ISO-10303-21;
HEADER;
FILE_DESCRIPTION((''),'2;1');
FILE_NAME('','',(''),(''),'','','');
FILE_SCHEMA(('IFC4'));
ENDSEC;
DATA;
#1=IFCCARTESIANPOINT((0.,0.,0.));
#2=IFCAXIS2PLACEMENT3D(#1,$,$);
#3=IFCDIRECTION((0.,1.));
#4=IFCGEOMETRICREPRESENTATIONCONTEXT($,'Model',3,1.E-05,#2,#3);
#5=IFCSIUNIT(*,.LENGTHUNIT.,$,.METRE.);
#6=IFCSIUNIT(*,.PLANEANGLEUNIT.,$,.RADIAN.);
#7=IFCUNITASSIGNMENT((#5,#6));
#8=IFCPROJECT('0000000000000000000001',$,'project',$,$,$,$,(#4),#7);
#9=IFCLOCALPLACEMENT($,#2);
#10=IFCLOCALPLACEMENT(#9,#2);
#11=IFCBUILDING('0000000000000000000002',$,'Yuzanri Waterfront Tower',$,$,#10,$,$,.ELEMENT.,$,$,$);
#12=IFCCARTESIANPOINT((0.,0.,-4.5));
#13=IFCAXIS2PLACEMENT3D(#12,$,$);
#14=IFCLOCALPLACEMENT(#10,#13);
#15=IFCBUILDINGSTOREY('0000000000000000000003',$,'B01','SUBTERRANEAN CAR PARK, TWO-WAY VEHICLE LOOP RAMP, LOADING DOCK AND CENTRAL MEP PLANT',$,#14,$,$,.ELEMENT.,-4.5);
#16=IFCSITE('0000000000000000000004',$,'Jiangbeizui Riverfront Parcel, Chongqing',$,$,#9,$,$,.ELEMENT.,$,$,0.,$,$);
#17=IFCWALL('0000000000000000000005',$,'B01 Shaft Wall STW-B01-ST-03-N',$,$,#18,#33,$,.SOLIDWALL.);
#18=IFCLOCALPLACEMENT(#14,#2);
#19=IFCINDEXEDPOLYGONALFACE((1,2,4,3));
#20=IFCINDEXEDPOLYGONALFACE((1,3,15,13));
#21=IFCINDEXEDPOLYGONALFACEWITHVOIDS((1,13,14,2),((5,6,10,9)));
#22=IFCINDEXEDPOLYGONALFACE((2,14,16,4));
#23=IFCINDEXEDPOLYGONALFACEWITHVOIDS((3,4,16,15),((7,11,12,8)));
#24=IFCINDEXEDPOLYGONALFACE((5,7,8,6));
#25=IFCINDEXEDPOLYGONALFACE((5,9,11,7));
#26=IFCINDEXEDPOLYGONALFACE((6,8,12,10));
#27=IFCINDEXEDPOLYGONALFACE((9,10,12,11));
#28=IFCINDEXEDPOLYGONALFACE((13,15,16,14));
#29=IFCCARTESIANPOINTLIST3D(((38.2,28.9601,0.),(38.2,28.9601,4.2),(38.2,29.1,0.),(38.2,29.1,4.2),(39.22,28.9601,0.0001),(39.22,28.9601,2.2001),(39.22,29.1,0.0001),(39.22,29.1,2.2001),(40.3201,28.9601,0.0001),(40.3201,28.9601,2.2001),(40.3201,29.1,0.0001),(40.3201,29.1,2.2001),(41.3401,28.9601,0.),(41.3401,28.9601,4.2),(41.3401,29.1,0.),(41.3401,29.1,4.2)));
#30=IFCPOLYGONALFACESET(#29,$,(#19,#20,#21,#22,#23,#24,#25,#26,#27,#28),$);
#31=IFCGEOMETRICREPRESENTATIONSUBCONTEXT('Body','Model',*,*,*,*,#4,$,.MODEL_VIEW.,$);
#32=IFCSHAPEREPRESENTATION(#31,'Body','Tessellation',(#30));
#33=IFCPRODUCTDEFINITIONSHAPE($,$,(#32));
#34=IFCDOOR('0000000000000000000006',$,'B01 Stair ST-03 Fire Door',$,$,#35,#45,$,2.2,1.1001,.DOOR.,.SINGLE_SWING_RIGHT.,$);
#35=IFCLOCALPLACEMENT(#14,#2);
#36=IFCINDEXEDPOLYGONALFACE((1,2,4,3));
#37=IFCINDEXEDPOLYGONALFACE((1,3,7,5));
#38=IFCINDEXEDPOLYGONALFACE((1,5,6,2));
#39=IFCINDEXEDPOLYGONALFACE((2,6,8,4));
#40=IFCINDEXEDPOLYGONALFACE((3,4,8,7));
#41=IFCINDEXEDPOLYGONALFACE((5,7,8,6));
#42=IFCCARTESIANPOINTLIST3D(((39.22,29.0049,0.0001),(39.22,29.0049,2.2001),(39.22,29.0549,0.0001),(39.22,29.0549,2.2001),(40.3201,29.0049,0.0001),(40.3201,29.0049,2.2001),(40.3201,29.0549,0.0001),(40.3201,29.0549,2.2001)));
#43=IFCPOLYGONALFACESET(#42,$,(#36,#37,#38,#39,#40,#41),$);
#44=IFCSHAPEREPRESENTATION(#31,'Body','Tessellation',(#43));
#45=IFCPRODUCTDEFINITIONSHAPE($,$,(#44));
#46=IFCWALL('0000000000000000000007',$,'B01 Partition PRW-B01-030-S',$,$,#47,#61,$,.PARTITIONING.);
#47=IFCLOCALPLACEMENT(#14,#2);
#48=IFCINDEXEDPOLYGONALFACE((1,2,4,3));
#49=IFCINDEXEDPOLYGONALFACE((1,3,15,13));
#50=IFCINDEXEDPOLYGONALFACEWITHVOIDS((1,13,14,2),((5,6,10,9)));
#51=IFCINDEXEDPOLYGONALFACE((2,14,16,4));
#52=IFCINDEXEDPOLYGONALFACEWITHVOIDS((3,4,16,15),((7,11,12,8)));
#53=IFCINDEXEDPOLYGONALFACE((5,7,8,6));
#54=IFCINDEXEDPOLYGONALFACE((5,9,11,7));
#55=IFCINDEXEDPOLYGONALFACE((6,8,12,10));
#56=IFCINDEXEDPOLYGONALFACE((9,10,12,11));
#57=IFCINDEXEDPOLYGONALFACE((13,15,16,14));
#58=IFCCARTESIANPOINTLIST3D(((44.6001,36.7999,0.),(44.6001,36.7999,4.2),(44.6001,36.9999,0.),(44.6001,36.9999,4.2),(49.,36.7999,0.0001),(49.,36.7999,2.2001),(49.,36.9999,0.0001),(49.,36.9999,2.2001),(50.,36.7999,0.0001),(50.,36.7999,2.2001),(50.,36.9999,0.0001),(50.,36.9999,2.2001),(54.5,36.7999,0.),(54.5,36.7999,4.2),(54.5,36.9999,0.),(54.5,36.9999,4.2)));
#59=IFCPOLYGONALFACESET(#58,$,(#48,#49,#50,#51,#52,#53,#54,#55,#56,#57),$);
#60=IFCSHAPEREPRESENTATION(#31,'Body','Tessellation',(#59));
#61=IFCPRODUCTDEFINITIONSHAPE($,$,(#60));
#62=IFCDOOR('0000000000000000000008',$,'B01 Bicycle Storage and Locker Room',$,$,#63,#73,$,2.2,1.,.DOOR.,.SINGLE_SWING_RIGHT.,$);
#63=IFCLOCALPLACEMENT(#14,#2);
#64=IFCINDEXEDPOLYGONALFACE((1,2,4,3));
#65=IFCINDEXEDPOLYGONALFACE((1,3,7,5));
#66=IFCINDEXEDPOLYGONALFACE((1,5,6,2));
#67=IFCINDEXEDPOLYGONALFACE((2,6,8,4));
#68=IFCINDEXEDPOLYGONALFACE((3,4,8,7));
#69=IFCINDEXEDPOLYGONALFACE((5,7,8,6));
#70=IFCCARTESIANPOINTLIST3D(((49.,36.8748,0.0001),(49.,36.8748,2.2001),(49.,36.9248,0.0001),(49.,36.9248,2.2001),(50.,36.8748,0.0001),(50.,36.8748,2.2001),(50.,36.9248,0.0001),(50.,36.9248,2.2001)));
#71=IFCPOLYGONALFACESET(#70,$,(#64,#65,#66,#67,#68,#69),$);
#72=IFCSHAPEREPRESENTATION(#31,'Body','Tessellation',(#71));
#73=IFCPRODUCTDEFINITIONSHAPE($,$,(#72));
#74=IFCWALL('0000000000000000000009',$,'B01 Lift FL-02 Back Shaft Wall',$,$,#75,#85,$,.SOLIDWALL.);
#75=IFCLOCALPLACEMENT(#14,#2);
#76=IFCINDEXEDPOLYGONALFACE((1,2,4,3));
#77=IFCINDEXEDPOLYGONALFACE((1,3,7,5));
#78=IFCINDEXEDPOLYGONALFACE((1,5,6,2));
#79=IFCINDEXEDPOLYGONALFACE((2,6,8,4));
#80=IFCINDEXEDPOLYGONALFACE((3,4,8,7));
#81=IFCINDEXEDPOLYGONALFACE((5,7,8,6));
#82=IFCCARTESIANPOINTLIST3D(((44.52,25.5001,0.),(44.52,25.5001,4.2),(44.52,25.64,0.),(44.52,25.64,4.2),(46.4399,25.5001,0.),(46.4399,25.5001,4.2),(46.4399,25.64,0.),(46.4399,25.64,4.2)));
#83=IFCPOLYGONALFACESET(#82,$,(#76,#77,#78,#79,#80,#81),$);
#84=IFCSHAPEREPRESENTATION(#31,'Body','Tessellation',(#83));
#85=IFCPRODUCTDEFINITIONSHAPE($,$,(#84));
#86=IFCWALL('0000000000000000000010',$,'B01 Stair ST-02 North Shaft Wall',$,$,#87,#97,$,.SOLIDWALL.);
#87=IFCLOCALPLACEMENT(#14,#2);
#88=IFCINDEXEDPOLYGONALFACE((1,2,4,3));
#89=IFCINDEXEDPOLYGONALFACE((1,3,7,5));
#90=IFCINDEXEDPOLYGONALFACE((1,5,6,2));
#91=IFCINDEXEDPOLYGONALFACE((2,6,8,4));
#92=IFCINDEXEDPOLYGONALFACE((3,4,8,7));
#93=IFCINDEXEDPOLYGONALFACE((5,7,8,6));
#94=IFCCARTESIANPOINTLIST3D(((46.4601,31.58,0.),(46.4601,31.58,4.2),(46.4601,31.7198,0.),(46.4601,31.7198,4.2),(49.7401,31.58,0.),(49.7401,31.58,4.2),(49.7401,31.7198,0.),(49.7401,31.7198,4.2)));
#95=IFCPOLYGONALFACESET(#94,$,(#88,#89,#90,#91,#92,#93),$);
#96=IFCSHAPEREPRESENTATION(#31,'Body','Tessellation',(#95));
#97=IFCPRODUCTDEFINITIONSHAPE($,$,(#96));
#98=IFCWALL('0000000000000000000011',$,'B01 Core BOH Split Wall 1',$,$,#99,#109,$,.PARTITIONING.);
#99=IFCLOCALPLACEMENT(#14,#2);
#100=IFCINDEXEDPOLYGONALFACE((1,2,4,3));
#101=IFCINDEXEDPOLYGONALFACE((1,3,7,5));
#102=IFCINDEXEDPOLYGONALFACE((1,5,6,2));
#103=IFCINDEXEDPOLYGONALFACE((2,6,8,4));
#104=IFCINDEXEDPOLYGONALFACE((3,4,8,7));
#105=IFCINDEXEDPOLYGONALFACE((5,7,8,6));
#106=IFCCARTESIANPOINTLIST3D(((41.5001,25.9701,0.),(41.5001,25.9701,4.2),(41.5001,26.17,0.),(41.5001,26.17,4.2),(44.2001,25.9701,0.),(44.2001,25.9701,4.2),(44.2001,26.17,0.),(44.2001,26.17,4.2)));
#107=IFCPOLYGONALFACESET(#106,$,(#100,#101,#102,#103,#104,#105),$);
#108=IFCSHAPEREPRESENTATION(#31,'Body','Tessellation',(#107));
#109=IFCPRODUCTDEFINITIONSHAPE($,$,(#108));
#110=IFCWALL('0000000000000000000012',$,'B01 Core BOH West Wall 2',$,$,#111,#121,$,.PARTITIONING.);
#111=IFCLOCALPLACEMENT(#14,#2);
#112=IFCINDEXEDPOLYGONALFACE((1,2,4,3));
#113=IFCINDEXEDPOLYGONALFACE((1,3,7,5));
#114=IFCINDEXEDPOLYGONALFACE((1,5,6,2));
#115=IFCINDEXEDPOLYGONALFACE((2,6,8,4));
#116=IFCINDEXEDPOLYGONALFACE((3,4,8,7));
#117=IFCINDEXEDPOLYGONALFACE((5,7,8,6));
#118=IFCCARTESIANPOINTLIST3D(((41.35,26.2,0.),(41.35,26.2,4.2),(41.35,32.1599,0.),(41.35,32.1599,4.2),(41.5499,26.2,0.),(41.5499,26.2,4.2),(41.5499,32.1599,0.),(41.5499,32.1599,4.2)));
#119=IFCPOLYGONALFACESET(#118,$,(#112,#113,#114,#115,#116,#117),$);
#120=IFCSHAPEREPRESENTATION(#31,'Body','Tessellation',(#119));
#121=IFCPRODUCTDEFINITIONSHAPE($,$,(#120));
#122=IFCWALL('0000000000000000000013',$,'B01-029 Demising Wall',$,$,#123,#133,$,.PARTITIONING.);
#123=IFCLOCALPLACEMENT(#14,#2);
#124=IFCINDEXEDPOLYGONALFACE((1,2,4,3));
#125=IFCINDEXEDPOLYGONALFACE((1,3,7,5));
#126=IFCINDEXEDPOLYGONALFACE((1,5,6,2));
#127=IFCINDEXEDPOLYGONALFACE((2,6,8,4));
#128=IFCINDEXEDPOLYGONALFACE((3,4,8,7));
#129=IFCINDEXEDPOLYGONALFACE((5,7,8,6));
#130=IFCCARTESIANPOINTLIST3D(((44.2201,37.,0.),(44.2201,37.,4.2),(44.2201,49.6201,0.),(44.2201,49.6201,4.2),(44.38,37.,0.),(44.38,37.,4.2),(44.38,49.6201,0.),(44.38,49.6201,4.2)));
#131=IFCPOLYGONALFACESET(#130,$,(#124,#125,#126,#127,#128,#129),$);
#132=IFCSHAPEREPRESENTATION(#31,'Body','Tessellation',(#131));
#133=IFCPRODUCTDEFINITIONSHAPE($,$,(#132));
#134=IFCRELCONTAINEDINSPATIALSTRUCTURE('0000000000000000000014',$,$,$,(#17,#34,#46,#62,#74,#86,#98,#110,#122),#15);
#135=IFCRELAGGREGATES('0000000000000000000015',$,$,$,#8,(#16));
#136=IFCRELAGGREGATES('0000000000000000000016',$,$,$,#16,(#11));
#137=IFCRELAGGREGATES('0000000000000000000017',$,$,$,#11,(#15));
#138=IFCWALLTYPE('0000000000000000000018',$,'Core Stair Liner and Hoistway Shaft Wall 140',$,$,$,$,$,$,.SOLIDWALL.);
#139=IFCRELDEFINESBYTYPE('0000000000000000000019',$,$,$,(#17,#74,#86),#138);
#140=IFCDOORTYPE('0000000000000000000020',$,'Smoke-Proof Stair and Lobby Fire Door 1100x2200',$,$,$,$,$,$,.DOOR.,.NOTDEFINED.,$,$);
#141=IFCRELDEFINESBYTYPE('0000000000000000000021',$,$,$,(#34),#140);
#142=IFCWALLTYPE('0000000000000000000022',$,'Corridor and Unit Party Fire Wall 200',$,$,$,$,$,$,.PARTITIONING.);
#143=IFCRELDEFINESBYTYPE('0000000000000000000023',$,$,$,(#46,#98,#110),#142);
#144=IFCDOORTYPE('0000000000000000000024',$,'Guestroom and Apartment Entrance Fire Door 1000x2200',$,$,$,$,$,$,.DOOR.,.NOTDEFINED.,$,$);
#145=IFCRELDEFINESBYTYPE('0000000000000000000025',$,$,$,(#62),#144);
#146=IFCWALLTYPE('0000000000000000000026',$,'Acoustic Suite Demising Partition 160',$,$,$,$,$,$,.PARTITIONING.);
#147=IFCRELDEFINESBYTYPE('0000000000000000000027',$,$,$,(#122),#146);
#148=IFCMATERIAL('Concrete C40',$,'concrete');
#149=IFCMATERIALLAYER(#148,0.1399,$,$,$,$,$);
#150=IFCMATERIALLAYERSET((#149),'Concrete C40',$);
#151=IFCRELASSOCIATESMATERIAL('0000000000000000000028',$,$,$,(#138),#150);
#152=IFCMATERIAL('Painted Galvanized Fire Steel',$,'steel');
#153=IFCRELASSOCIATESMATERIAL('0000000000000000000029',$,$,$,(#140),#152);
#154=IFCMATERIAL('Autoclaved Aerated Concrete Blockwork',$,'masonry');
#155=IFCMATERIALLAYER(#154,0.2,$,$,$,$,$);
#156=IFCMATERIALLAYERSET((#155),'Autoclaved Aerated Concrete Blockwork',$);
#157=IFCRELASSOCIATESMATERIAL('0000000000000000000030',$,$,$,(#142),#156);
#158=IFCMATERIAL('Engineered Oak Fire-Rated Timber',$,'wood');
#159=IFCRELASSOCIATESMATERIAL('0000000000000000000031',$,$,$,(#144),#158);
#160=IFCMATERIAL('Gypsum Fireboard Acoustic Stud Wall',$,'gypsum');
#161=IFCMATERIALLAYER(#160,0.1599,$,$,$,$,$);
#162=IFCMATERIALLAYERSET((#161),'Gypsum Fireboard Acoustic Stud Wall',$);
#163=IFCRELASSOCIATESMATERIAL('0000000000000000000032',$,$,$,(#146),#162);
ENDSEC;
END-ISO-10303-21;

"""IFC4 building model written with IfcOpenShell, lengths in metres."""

from ifc_helpers import new_model, si_unit, direction, frame, frame_2d, origin, place, context, subcontext, project, spatial, rectangle, extrude, source, transform, mapped, material, layer, layer_set, type_object, element, fill, save


model = new_model("IFC4")

# Units and contexts
model_context = context("Model", 3, precision=1e-05, world=origin(), true_north=direction((0.0, 1.0)))
body_context = subcontext(model_context, "Body", "Model", "MODEL_VIEW")
ifc_project = project(units=[si_unit("LENGTHUNIT", "METRE"), si_unit("PLANEANGLEUNIT", "RADIAN")], contexts=[model_context])

# Site, building, storey
site_placement = place(None, origin())
site = spatial("IfcSite", under=ifc_project, at=site_placement, Name="Jiangbeizui Riverfront Parcel, Chongqing", CompositionType="ELEMENT", RefElevation=0.0)
building_placement = place(site_placement, origin())
building = spatial("IfcBuilding", under=site, at=building_placement, Name="Yuzanri Waterfront Tower", CompositionType="ELEMENT")
storey_placement = place(building_placement, frame((0.0, 0.0, -4.5)))
storey = spatial("IfcBuildingStorey", under=building, at=storey_placement, Name="B01", Description="SUBTERRANEAN CAR PARK, TWO-WAY VEHICLE LOOP RAMP, LOADING DOCK AND CENTRAL MEP PLANT", CompositionType="ELEMENT", Elevation=-4.5)

# Walls, openings, doors
ifc_material_1 = material(Name="Concrete C40", Category="concrete")
ifc_layer_1 = layer(ifc_material_1, 0.1399)
ifc_layer_set_1 = layer_set([ifc_layer_1], Name="Concrete C40")
wall_type_1 = type_object("IfcWallType", Name="Core Stair Liner and Hoistway Shaft Wall 140", PredefinedType="SOLIDWALL", material=ifc_layer_set_1)
wall_1_placement = place(storey_placement, frame((38.2, 29.03, 0.0), z_axis=(0.0, 0.0, 1.0), x_axis=(1.0, 0.0, 0.0)))
wall_1 = element("IfcWall", 1, at=wall_1_placement, inside=storey, type_object=wall_type_1, Name="B01 Shaft Wall STW-B01-ST-03-N", PredefinedType="SOLIDWALL", context=body_context, shape_type="SweptSolid", body=[
    extrude(rectangle(XDim=3.1401, YDim=0.1399, at=frame_2d((1.5701, 0.0))), origin(), (0.0, 0.0, 1.0), 4.2),
])
opening_1_placement = place(wall_1_placement, frame((1.02, 0.0, 0.0)))
opening_1 = element("IfcOpeningElement", 2, at=opening_1_placement, cuts=wall_1, PredefinedType="OPENING", context=body_context, shape_type="SweptSolid", body=[
    extrude(rectangle(XDim=1.1001, YDim=2.2, at=frame_2d((0.55, 1.1001))), frame((0.0, 0.085, 0.0), z_axis=(0.0, -1.0, 0.0), x_axis=(1.0, 0.0, 0.0)), (0.0, 0.0, 1.0), 0.1697),
])
ifc_material_2 = material(Name="Painted Galvanized Fire Steel", Category="steel")
door_type_1 = type_object("IfcDoorType", Name="Smoke-Proof Stair and Lobby Fire Door 1100x2200", OperationType="NOTDEFINED", PredefinedType="DOOR", material=ifc_material_2)
shared_shape_1 = source(origin(), body_context, "Body", "SweptSolid", [
    extrude(rectangle(XDim=1.1001, YDim=2.2, at=frame_2d((0.55, 1.1001))), frame((0.0, 0.0249, 0.0), z_axis=(0.0, -1.0, 0.0), x_axis=(1.0, 0.0, 0.0)), (0.0, 0.0, 1.0), 0.05),
])
door_1_placement = place(opening_1_placement, origin())
door_1 = element("IfcDoor", 3, at=door_1_placement, inside=storey, type_object=door_type_1, Name="B01 Stair ST-03 Fire Door", OperationType="SINGLE_SWING_RIGHT", OverallHeight=2.2, OverallWidth=1.1001, PredefinedType="DOOR", context=body_context, shape_type="MappedRepresentation", body=[
    mapped(shared_shape_1, transform((0.0, 0.0, 0.0), scale=1.0)),
])
fill(opening_1, door_1)
ifc_material_3 = material(Name="Autoclaved Aerated Concrete Blockwork", Category="masonry")
ifc_layer_2 = layer(ifc_material_3, 0.2)
ifc_layer_set_2 = layer_set([ifc_layer_2], Name="Autoclaved Aerated Concrete Blockwork")
wall_type_2 = type_object("IfcWallType", Name="Corridor and Unit Party Fire Wall 200", PredefinedType="PARTITIONING", material=ifc_layer_set_2)
wall_2_placement = place(storey_placement, frame((44.6001, 36.8999, 0.0), z_axis=(0.0, 0.0, 1.0), x_axis=(1.0, 0.0, 0.0)))
wall_2 = element("IfcWall", 4, at=wall_2_placement, inside=storey, type_object=wall_type_2, Name="B01 Partition PRW-B01-030-S", PredefinedType="PARTITIONING", context=body_context, shape_type="SweptSolid", body=[
    extrude(rectangle(XDim=9.8999, YDim=0.2, at=frame_2d((4.95, 0.0))), origin(), (0.0, 0.0, 1.0), 4.2),
])
opening_2_placement = place(wall_2_placement, frame((4.3999, 0.0, 0.0)))
opening_2 = element("IfcOpeningElement", 5, at=opening_2_placement, cuts=wall_2, PredefinedType="OPENING", context=body_context, shape_type="SweptSolid", body=[
    extrude(rectangle(XDim=1.0, YDim=2.2, at=frame_2d((0.5, 1.1001))), frame((0.0, 0.1147, 0.0), z_axis=(0.0, -1.0, 0.0), x_axis=(1.0, 0.0, 0.0)), (0.0, 0.0, 1.0), 0.2297),
])
ifc_material_4 = material(Name="Engineered Oak Fire-Rated Timber", Category="wood")
door_type_2 = type_object("IfcDoorType", Name="Guestroom and Apartment Entrance Fire Door 1000x2200", OperationType="NOTDEFINED", PredefinedType="DOOR", material=ifc_material_4)
shared_shape_2 = source(origin(), body_context, "Body", "SweptSolid", [
    extrude(rectangle(XDim=1.0, YDim=2.2, at=frame_2d((0.5, 1.1001))), frame((0.0, 0.0249, 0.0), z_axis=(0.0, -1.0, 0.0), x_axis=(1.0, 0.0, 0.0)), (0.0, 0.0, 1.0), 0.05),
])
door_2_placement = place(opening_2_placement, origin())
door_2 = element("IfcDoor", 6, at=door_2_placement, inside=storey, type_object=door_type_2, Name="B01 Bicycle Storage and Locker Room", OperationType="SINGLE_SWING_RIGHT", OverallHeight=2.2, OverallWidth=1.0, PredefinedType="DOOR", context=body_context, shape_type="MappedRepresentation", body=[
    mapped(shared_shape_2, transform((0.0, 0.0, 0.0), scale=1.0)),
])
fill(opening_2, door_2)

# Walls
shared_shape_3 = source(origin(), body_context, "Body", "SweptSolid", [
    extrude(rectangle(XDim=1.9199, YDim=0.1399, at=frame_2d((0.96, 0.0))), origin(), (0.0, 0.0, 1.0), 4.2),
])
wall_3_placement = place(storey_placement, frame((44.52, 25.5701, 0.0), z_axis=(0.0, 0.0, 1.0), x_axis=(1.0, 0.0, 0.0)))
element("IfcWall", 7, at=wall_3_placement, inside=storey, type_object=wall_type_1, Name="B01 Lift FL-02 Back Shaft Wall", PredefinedType="SOLIDWALL", context=body_context, shape_type="MappedRepresentation", body=[
    mapped(shared_shape_3, transform((0.0, 0.0, 0.0), scale=1.0)),
])
shared_shape_4 = source(origin(), body_context, "Body", "SweptSolid", [
    extrude(rectangle(XDim=3.28, YDim=0.1399, at=frame_2d((1.6401, 0.0))), origin(), (0.0, 0.0, 1.0), 4.2),
])
wall_4_placement = place(storey_placement, frame((46.46, 31.6499, 0.0), z_axis=(0.0, 0.0, 1.0), x_axis=(1.0, 0.0, 0.0)))
element("IfcWall", 8, at=wall_4_placement, inside=storey, type_object=wall_type_1, Name="B01 Stair ST-02 North Shaft Wall", PredefinedType="SOLIDWALL", context=body_context, shape_type="MappedRepresentation", body=[
    mapped(shared_shape_4, transform((0.0, 0.0, 0.0), scale=1.0)),
])
shared_shape_5 = source(origin(), body_context, "Body", "SweptSolid", [
    extrude(rectangle(XDim=2.7, YDim=0.2, at=frame_2d((1.3501, 0.0))), origin(), (0.0, 0.0, 1.0), 4.2),
])
wall_5_placement = place(storey_placement, frame((41.5, 26.0701, 0.0), z_axis=(0.0, 0.0, 1.0), x_axis=(1.0, 0.0, 0.0)))
element("IfcWall", 9, at=wall_5_placement, inside=storey, type_object=wall_type_2, Name="B01 Core BOH Split Wall 1", PredefinedType="PARTITIONING", context=body_context, shape_type="MappedRepresentation", body=[
    mapped(shared_shape_5, transform((0.0, 0.0, 0.0), scale=1.0)),
])
shared_shape_6 = source(origin(), body_context, "Body", "SweptSolid", [
    extrude(rectangle(XDim=5.96, YDim=0.2, at=frame_2d((2.98, 0.0))), origin(), (0.0, 0.0, 1.0), 4.2),
])
wall_6_placement = place(storey_placement, frame((41.45, 26.2, 0.0), z_axis=(0.0, 0.0, 1.0), x_axis=(0.0, 1.0, 0.0)))
element("IfcWall", 10, at=wall_6_placement, inside=storey, type_object=wall_type_2, Name="B01 Core BOH West Wall 2", PredefinedType="PARTITIONING", context=body_context, shape_type="MappedRepresentation", body=[
    mapped(shared_shape_6, transform((0.0, 0.0, 0.0), scale=1.0)),
])
ifc_material_5 = material(Name="Gypsum Fireboard Acoustic Stud Wall", Category="gypsum")
ifc_layer_3 = layer(ifc_material_5, 0.1599)
ifc_layer_set_3 = layer_set([ifc_layer_3], Name="Gypsum Fireboard Acoustic Stud Wall")
wall_type_3 = type_object("IfcWallType", Name="Acoustic Suite Demising Partition 160", PredefinedType="PARTITIONING", material=ifc_layer_set_3)
shared_shape_7 = source(origin(), body_context, "Body", "SweptSolid", [
    extrude(rectangle(XDim=12.6201, YDim=0.1599, at=frame_2d((6.3101, 0.0))), origin(), (0.0, 0.0, 1.0), 4.2),
])
wall_7_placement = place(storey_placement, frame((44.3, 37.0, 0.0), z_axis=(0.0, 0.0, 1.0), x_axis=(0.0, 1.0, 0.0)))
element("IfcWall", 11, at=wall_7_placement, inside=storey, type_object=wall_type_3, Name="B01-029 Demising Wall", PredefinedType="PARTITIONING", context=body_context, shape_type="MappedRepresentation", body=[
    mapped(shared_shape_7, transform((0.0, 0.0, 0.0), scale=1.0)),
])

save(model, "model.ifc")
